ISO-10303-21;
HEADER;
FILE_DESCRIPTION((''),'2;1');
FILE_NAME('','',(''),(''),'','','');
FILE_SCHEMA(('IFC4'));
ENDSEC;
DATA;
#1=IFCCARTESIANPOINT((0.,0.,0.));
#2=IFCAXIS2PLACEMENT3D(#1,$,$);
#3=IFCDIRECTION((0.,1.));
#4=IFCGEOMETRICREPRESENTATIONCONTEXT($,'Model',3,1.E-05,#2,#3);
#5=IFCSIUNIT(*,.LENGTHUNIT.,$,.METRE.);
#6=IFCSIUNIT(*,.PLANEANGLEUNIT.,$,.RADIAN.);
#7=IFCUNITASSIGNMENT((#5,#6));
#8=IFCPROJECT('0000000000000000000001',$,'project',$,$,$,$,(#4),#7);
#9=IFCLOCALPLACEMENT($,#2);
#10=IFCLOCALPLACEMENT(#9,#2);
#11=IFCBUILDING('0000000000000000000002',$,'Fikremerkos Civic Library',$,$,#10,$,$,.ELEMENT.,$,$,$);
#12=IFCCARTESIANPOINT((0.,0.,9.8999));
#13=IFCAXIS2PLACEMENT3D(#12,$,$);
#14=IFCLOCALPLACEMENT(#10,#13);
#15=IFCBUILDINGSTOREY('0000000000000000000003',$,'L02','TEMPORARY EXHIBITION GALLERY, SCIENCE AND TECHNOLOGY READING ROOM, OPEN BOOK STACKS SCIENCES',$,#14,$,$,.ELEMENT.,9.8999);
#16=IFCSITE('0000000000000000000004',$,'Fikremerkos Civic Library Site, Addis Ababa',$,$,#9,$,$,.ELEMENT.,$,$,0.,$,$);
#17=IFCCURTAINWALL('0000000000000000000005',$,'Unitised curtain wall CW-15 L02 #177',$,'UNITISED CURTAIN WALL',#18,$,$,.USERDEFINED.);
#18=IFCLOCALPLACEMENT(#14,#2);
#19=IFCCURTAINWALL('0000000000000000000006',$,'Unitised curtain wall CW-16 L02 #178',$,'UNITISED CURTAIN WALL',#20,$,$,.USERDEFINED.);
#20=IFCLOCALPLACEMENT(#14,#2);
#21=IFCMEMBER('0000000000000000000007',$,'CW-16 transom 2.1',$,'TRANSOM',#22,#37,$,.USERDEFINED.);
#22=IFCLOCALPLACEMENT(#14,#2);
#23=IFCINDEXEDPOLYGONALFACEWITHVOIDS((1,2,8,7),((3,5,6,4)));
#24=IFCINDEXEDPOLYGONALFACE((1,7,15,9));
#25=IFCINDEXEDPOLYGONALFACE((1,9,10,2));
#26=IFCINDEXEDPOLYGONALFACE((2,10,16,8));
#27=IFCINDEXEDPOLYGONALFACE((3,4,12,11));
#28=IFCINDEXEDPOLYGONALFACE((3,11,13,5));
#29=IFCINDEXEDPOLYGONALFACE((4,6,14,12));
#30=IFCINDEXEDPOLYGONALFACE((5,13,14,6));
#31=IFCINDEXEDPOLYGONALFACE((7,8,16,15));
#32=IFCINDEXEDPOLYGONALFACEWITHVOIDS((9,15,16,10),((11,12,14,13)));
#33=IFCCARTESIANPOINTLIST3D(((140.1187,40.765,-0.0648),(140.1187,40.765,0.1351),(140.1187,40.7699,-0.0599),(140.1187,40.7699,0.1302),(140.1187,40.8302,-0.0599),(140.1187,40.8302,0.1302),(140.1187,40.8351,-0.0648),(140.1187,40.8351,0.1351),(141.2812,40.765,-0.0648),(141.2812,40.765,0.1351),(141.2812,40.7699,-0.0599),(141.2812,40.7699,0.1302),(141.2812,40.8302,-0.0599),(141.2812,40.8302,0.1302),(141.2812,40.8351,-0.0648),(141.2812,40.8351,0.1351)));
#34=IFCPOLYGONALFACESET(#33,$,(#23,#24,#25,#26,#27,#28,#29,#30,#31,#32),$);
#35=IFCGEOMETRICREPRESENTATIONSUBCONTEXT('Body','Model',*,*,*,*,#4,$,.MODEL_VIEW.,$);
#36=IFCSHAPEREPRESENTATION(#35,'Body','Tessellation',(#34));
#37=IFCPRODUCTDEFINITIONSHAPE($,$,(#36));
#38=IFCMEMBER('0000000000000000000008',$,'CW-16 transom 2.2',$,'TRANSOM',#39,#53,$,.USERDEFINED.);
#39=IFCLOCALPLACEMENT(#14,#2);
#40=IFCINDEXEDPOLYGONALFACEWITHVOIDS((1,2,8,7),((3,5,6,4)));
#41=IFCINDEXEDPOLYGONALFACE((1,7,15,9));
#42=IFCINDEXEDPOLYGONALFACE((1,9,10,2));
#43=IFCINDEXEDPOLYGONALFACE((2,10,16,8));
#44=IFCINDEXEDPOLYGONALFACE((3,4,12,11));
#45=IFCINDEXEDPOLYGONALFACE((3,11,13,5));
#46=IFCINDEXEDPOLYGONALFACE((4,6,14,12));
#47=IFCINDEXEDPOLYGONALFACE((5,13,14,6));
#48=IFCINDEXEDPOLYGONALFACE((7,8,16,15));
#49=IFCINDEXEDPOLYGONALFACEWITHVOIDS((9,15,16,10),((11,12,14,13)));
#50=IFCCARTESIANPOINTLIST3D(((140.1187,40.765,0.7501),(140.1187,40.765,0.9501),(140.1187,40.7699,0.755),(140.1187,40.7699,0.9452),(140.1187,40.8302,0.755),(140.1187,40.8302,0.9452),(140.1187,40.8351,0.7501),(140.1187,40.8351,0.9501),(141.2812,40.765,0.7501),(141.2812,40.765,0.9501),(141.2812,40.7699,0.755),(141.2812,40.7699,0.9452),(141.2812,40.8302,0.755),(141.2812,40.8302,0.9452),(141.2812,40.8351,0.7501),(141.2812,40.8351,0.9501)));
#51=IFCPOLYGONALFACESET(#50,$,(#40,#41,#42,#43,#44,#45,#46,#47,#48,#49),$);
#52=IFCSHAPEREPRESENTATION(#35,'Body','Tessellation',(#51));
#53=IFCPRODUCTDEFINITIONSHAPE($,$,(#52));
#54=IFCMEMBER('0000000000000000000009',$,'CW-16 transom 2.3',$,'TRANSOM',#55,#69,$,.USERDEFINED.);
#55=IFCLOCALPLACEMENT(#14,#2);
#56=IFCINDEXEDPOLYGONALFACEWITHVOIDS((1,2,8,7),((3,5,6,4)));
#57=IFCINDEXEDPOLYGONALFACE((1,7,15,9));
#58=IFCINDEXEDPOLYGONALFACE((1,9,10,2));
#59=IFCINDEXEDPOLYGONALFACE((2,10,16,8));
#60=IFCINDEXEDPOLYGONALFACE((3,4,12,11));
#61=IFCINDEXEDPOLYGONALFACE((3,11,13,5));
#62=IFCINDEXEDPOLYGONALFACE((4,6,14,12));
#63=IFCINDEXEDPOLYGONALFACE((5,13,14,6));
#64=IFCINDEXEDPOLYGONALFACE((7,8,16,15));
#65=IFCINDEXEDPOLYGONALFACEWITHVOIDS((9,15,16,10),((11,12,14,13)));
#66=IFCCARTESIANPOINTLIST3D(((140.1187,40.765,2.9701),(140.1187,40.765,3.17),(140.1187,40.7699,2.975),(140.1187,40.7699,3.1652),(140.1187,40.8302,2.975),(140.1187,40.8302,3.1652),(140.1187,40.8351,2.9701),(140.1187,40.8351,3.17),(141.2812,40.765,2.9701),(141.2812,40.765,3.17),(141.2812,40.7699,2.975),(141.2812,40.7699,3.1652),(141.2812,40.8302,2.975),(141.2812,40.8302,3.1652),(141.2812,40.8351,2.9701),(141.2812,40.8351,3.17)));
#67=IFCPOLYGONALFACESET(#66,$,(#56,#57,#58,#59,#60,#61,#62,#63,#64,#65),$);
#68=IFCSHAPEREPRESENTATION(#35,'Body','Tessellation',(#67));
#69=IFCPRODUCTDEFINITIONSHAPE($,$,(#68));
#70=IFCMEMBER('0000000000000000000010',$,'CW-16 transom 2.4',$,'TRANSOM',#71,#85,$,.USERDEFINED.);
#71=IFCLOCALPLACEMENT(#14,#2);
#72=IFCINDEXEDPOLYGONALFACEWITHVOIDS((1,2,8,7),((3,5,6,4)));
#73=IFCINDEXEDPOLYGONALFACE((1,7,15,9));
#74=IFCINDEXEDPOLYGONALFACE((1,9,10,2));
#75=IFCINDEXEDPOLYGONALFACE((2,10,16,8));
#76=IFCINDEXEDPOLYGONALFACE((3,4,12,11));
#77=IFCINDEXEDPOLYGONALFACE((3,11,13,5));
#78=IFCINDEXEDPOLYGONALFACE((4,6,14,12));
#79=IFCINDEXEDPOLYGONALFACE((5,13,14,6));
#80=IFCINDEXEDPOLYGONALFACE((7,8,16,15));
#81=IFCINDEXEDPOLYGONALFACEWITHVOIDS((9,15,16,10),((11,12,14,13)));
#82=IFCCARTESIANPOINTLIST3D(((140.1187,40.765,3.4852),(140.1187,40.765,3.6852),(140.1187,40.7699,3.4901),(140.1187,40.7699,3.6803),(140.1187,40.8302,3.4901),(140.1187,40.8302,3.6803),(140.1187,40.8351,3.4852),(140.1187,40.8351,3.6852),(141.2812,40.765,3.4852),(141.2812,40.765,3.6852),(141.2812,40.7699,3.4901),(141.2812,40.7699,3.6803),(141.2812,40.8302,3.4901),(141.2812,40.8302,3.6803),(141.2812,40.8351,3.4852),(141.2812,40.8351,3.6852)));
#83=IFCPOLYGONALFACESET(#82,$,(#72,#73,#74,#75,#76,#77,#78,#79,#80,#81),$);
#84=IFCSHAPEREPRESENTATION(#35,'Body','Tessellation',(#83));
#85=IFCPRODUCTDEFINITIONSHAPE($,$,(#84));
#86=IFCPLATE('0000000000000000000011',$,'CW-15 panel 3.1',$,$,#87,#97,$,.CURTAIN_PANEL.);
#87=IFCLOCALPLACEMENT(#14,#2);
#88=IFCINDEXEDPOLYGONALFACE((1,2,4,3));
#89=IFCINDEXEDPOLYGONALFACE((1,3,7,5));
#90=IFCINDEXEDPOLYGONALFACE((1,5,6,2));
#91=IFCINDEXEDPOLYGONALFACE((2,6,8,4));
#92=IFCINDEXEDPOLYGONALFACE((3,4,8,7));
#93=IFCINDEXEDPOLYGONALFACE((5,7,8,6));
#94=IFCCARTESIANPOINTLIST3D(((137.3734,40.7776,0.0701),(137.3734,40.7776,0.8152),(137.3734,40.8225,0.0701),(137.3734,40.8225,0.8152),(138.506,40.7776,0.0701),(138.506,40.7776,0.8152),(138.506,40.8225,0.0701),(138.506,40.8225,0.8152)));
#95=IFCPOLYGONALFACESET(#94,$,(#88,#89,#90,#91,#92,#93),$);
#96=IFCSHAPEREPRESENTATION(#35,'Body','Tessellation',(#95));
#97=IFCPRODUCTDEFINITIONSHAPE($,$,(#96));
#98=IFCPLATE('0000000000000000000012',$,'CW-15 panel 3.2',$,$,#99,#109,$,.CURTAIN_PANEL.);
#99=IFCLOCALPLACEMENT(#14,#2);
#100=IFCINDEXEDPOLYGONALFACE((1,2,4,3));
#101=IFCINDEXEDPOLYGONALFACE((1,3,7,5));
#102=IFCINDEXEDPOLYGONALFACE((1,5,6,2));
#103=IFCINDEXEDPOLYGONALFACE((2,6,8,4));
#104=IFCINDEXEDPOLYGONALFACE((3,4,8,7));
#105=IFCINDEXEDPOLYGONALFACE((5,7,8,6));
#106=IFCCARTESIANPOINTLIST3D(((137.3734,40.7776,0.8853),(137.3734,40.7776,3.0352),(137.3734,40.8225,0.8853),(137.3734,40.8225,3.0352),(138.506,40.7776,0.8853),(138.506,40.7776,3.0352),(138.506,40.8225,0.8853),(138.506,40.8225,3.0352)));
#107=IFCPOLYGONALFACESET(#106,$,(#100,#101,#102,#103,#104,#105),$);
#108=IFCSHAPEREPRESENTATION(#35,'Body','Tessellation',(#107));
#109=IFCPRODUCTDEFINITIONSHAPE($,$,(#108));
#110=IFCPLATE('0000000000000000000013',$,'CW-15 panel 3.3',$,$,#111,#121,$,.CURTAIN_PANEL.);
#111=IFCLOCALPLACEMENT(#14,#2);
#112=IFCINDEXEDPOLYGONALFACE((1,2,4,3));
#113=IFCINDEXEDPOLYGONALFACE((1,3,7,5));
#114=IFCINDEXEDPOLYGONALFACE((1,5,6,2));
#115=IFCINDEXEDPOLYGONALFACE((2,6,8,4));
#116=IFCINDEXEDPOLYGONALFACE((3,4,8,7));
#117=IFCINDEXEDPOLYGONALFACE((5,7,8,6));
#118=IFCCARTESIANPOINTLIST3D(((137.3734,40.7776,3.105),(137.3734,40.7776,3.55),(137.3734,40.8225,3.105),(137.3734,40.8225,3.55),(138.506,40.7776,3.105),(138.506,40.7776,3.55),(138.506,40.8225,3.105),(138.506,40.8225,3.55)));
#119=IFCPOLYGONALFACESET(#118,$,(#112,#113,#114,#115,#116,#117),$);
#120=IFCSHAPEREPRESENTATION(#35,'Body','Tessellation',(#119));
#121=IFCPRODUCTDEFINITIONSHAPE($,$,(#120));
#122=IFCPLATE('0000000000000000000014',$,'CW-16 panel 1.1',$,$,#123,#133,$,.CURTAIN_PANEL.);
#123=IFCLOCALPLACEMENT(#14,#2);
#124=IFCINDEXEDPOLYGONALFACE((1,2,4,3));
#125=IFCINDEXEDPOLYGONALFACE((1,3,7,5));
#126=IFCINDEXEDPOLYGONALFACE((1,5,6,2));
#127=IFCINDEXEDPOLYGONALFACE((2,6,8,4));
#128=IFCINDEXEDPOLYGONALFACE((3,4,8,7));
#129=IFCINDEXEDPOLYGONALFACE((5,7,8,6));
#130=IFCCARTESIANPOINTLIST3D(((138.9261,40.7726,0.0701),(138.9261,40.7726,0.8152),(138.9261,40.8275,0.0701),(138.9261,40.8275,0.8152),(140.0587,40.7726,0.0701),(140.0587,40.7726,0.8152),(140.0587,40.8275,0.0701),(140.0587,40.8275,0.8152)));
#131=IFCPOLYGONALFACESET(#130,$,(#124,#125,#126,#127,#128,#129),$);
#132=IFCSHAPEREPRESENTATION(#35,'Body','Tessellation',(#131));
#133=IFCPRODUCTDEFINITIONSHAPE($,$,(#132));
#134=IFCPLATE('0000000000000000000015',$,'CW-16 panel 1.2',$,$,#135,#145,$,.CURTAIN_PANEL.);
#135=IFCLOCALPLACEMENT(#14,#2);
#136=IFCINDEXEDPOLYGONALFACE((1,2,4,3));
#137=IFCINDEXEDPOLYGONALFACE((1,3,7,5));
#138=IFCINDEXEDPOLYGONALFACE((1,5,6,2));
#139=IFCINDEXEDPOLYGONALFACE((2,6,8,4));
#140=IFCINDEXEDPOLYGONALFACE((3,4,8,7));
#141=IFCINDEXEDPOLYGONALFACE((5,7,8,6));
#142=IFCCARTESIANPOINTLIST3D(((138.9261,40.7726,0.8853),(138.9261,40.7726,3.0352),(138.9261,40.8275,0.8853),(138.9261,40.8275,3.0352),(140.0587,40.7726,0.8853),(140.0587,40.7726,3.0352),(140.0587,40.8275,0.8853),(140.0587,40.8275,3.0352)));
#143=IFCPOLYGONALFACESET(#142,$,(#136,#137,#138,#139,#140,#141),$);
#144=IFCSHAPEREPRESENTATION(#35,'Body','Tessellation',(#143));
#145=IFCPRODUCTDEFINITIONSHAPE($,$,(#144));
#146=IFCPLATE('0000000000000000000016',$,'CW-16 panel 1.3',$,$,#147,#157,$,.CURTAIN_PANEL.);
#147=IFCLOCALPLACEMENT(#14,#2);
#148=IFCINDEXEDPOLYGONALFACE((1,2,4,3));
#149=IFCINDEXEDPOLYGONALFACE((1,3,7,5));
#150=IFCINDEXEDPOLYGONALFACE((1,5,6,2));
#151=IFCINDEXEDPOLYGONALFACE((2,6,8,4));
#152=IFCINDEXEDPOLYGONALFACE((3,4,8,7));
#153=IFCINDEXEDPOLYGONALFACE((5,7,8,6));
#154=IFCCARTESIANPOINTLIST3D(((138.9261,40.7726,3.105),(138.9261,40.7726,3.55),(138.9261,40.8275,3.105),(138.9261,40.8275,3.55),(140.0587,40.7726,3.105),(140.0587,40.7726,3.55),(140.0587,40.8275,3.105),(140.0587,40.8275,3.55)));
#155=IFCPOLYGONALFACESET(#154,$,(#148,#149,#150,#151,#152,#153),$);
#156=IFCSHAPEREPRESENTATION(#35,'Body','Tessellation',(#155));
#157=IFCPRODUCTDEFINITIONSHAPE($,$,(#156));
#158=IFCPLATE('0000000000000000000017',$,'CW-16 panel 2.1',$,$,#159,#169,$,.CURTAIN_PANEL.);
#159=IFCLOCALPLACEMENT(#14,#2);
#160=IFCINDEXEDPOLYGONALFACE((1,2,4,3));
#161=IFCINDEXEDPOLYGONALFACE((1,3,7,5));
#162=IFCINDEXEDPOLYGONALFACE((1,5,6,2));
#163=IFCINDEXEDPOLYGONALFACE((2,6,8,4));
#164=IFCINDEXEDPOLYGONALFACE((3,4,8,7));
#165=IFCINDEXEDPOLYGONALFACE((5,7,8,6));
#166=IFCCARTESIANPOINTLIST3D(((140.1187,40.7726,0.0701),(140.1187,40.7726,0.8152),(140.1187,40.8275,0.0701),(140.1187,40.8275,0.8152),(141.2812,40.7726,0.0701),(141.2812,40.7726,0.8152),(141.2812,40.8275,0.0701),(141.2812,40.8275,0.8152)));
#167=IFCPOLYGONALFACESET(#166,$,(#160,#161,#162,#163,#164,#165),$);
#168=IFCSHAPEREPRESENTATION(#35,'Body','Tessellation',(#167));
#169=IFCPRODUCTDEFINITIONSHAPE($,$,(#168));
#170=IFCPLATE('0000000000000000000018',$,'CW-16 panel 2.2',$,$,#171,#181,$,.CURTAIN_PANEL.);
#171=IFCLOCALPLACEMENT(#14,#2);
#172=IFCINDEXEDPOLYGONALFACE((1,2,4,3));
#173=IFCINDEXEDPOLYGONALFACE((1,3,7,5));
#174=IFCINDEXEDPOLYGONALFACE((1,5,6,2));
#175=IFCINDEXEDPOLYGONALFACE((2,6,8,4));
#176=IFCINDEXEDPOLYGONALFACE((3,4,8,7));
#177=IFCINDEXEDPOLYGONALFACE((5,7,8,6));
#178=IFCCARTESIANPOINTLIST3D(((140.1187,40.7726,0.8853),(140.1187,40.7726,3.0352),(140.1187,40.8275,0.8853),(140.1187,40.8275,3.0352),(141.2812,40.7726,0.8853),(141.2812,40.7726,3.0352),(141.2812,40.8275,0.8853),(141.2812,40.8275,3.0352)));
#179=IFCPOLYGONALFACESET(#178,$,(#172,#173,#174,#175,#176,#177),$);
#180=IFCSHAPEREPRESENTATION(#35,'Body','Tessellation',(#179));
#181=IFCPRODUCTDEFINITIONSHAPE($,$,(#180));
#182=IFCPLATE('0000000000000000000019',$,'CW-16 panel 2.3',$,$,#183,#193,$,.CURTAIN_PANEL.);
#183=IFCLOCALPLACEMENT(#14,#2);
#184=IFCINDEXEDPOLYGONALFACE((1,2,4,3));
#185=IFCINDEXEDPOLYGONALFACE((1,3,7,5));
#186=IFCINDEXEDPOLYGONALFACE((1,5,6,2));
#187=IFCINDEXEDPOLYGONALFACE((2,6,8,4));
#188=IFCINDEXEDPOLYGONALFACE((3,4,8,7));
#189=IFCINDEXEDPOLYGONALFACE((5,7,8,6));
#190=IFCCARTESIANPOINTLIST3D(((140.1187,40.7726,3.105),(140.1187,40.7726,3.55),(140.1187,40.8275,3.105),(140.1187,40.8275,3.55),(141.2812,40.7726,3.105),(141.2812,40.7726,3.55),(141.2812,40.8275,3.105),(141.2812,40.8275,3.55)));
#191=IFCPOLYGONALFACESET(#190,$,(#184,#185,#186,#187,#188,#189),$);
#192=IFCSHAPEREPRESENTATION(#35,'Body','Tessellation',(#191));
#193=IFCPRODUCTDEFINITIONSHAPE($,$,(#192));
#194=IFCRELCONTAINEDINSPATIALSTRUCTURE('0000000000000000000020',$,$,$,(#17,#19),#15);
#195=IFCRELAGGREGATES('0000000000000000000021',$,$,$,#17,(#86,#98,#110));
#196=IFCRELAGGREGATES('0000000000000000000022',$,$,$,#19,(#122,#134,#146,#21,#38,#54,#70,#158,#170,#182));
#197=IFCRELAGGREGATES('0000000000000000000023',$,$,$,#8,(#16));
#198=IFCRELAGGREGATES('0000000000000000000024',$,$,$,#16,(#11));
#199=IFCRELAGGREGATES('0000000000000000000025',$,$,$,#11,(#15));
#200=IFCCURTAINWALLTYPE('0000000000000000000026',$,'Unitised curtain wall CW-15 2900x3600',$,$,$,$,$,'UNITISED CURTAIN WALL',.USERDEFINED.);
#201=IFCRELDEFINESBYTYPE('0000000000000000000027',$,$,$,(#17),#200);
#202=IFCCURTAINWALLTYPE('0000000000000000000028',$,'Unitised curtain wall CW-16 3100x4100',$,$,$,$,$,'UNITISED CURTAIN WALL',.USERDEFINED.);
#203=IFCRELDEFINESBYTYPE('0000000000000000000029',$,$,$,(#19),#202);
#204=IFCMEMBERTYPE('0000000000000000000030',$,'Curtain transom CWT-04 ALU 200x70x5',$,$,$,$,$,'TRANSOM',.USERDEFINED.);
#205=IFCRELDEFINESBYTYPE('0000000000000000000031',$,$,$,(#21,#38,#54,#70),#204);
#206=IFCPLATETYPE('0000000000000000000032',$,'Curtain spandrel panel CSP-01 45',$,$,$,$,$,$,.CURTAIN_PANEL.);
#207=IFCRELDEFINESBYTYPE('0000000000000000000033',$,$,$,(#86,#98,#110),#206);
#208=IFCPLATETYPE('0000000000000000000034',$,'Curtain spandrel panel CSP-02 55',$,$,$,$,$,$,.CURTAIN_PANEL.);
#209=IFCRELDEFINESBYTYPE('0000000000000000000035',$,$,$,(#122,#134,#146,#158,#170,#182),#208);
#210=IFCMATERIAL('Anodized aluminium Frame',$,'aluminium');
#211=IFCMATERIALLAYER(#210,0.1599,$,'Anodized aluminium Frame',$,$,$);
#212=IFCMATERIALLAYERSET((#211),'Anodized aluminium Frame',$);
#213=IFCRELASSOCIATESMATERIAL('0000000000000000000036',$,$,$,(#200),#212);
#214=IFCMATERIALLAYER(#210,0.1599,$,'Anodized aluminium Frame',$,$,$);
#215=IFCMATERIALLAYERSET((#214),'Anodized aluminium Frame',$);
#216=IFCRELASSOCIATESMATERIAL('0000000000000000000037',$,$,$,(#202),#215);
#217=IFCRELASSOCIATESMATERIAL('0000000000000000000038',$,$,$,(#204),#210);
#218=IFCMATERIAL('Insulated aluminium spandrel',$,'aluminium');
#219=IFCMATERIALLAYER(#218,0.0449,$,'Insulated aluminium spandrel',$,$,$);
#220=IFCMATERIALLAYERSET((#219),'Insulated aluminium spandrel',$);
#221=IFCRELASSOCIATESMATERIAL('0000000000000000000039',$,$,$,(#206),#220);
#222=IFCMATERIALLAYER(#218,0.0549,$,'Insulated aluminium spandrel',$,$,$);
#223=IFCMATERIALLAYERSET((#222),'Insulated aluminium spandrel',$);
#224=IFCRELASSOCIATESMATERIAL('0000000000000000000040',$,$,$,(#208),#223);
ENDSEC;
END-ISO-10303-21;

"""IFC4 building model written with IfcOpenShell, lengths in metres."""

from ifc_helpers import new_model, si_unit, direction, frame, origin, origin_2d, place, context, subcontext, project, spatial, rectangle, hollow_rectangle, extrude, material, layer, layer_set, material_profile, profile_set, type_object, element, aggregate, save


model = new_model("IFC4")

# Units and contexts
model_context = context("Model", 3, precision=1e-05, world=origin(), true_north=direction((0.0, 1.0)))
body_context = subcontext(model_context, "Body", "Model", "MODEL_VIEW")
ifc_project = project(units=[si_unit("LENGTHUNIT", "METRE"), si_unit("PLANEANGLEUNIT", "RADIAN")], contexts=[model_context])

# Site, building, storey
site_placement = place(None, origin())
site = spatial("IfcSite", under=ifc_project, at=site_placement, Name="Fikremerkos Civic Library Site, Addis Ababa", CompositionType="ELEMENT", RefElevation=0.0)
building_placement = place(site_placement, origin())
building = spatial("IfcBuilding", under=site, at=building_placement, Name="Fikremerkos Civic Library", CompositionType="ELEMENT")
storey_placement = place(building_placement, frame((0.0, 0.0, 9.8999)))
storey = spatial("IfcBuildingStorey", under=building, at=storey_placement, Name="L02", Description="TEMPORARY EXHIBITION GALLERY, SCIENCE AND TECHNOLOGY READING ROOM, OPEN BOOK STACKS SCIENCES", CompositionType="ELEMENT", Elevation=9.8999)

# Curtain wall
ifc_material_1 = material(Name="Anodized aluminium Frame", Category="aluminium")
ifc_layer_1 = layer(ifc_material_1, 0.1599, Name="Anodized aluminium Frame")
ifc_layer_set_1 = layer_set([ifc_layer_1], Name="Anodized aluminium Frame")
curtain_wall_type_1 = type_object("IfcCurtainWallType", Name="Unitised curtain wall CW-15 2900x3600", ElementType="UNITISED CURTAIN WALL", PredefinedType="USERDEFINED", material=ifc_layer_set_1)
curtain_wall_1_placement = place(storey_placement, origin())
curtain_wall_1 = element("IfcCurtainWall", 1, at=curtain_wall_1_placement, inside=storey, type_object=curtain_wall_type_1, Name="Unitised curtain wall CW-15 L02 #177", ObjectType="UNITISED CURTAIN WALL", PredefinedType="USERDEFINED")

# Curtain wall
ifc_layer_2 = layer(ifc_material_1, 0.1599, Name="Anodized aluminium Frame")
ifc_layer_set_2 = layer_set([ifc_layer_2], Name="Anodized aluminium Frame")
curtain_wall_type_2 = type_object("IfcCurtainWallType", Name="Unitised curtain wall CW-16 3100x4100", ElementType="UNITISED CURTAIN WALL", PredefinedType="USERDEFINED", material=ifc_layer_set_2)
curtain_wall_2_placement = place(storey_placement, origin())
curtain_wall_2 = element("IfcCurtainWall", 2, at=curtain_wall_2_placement, inside=storey, type_object=curtain_wall_type_2, Name="Unitised curtain wall CW-16 L02 #178", ObjectType="UNITISED CURTAIN WALL", PredefinedType="USERDEFINED")

# Members
ifc_material_profile_1 = material_profile(ifc_material_1, hollow_rectangle(XDim=0.0701, YDim=0.2, WallThickness=0.0049, at=origin_2d()), Name="ALU 200x70x5")
ifc_profile_set_1 = profile_set([ifc_material_profile_1], Name="Anodized aluminium Frame")
member_type_1 = type_object("IfcMemberType", Name="Curtain transom CWT-04 ALU 200x70x5", ElementType="TRANSOM", PredefinedType="USERDEFINED", material=ifc_profile_set_1)
member_1_placement = place(storey_placement, frame((140.1187, 40.8, 0.0352), z_axis=(1.0, 0.0, 0.0), x_axis=(0.0, 1.0, 0.0)))
member_1 = element("IfcMember", 3, at=member_1_placement, type_object=member_type_1, Name="CW-16 transom 2.1", ObjectType="TRANSOM", PredefinedType="USERDEFINED", context=body_context, shape_type="SweptSolid", body=[
    extrude(hollow_rectangle(XDim=0.0701, YDim=0.2, WallThickness=0.0049, at=origin_2d()), origin(), (0.0, 0.0, 1.0), 1.1626),
])
member_2_placement = place(storey_placement, frame((140.1187, 40.8, 0.8501), z_axis=(1.0, 0.0, 0.0), x_axis=(0.0, 1.0, 0.0)))
member_2 = element("IfcMember", 4, at=member_2_placement, type_object=member_type_1, Name="CW-16 transom 2.2", ObjectType="TRANSOM", PredefinedType="USERDEFINED", context=body_context, shape_type="SweptSolid", body=[
    extrude(hollow_rectangle(XDim=0.0701, YDim=0.2, WallThickness=0.0049, at=origin_2d()), origin(), (0.0, 0.0, 1.0), 1.1626),
])
member_3_placement = place(storey_placement, frame((140.1187, 40.8, 3.0701), z_axis=(1.0, 0.0, 0.0), x_axis=(0.0, 1.0, 0.0)))
member_3 = element("IfcMember", 5, at=member_3_placement, type_object=member_type_1, Name="CW-16 transom 2.3", ObjectType="TRANSOM", PredefinedType="USERDEFINED", context=body_context, shape_type="SweptSolid", body=[
    extrude(hollow_rectangle(XDim=0.0701, YDim=0.2, WallThickness=0.0049, at=origin_2d()), origin(), (0.0, 0.0, 1.0), 1.1626),
])
member_4_placement = place(storey_placement, frame((140.1187, 40.8, 3.5852), z_axis=(1.0, 0.0, 0.0), x_axis=(0.0, 1.0, 0.0)))
member_4 = element("IfcMember", 6, at=member_4_placement, type_object=member_type_1, Name="CW-16 transom 2.4", ObjectType="TRANSOM", PredefinedType="USERDEFINED", context=body_context, shape_type="SweptSolid", body=[
    extrude(hollow_rectangle(XDim=0.0701, YDim=0.2, WallThickness=0.0049, at=origin_2d()), origin(), (0.0, 0.0, 1.0), 1.1626),
])

# Plates
ifc_material_2 = material(Name="Insulated aluminium spandrel", Category="aluminium")
ifc_layer_3 = layer(ifc_material_2, 0.0449, Name="Insulated aluminium spandrel")
ifc_layer_set_3 = layer_set([ifc_layer_3], Name="Insulated aluminium spandrel")
plate_type_1 = type_object("IfcPlateType", Name="Curtain spandrel panel CSP-01 45", PredefinedType="CURTAIN_PANEL", material=ifc_layer_set_3)
plate_1_placement = place(storey_placement, frame((137.9397, 40.8, 0.0701), z_axis=(0.0, 0.0, 1.0), x_axis=(1.0, 0.0, 0.0)))
plate_1 = element("IfcPlate", 7, at=plate_1_placement, type_object=plate_type_1, Name="CW-15 panel 3.1", PredefinedType="CURTAIN_PANEL", context=body_context, shape_type="SweptSolid", body=[
    extrude(rectangle(XDim=1.1326, YDim=0.0449, at=origin_2d()), origin(), (0.0, 0.0, 1.0), 0.7451),
])
plate_2_placement = place(storey_placement, frame((137.9397, 40.8, 0.8853), z_axis=(0.0, 0.0, 1.0), x_axis=(1.0, 0.0, 0.0)))
plate_2 = element("IfcPlate", 8, at=plate_2_placement, type_object=plate_type_1, Name="CW-15 panel 3.2", PredefinedType="CURTAIN_PANEL", context=body_context, shape_type="SweptSolid", body=[
    extrude(rectangle(XDim=1.1326, YDim=0.0449, at=origin_2d()), origin(), (0.0, 0.0, 1.0), 2.1499),
])
plate_3_placement = place(storey_placement, frame((137.9397, 40.8, 3.105), z_axis=(0.0, 0.0, 1.0), x_axis=(1.0, 0.0, 0.0)))
plate_3 = element("IfcPlate", 9, at=plate_3_placement, type_object=plate_type_1, Name="CW-15 panel 3.3", PredefinedType="CURTAIN_PANEL", context=body_context, shape_type="SweptSolid", body=[
    extrude(rectangle(XDim=1.1326, YDim=0.0449, at=origin_2d()), origin(), (0.0, 0.0, 1.0), 0.4451),
])
aggregate(curtain_wall_1, [plate_1, plate_2, plate_3])
ifc_layer_4 = layer(ifc_material_2, 0.0549, Name="Insulated aluminium spandrel")
ifc_layer_set_4 = layer_set([ifc_layer_4], Name="Insulated aluminium spandrel")
plate_type_2 = type_object("IfcPlateType", Name="Curtain spandrel panel CSP-02 55", PredefinedType="CURTAIN_PANEL", material=ifc_layer_set_4)
plate_4_placement = place(storey_placement, frame((139.4924, 40.8, 0.0701), z_axis=(0.0, 0.0, 1.0), x_axis=(1.0, 0.0, 0.0)))
plate_4 = element("IfcPlate", 10, at=plate_4_placement, type_object=plate_type_2, Name="CW-16 panel 1.1", PredefinedType="CURTAIN_PANEL", context=body_context, shape_type="SweptSolid", body=[
    extrude(rectangle(XDim=1.1326, YDim=0.0549, at=origin_2d()), origin(), (0.0, 0.0, 1.0), 0.7451),
])
plate_5_placement = place(storey_placement, frame((139.4924, 40.8, 0.8853), z_axis=(0.0, 0.0, 1.0), x_axis=(1.0, 0.0, 0.0)))
plate_5 = element("IfcPlate", 11, at=plate_5_placement, type_object=plate_type_2, Name="CW-16 panel 1.2", PredefinedType="CURTAIN_PANEL", context=body_context, shape_type="SweptSolid", body=[
    extrude(rectangle(XDim=1.1326, YDim=0.0549, at=origin_2d()), origin(), (0.0, 0.0, 1.0), 2.1499),
])
plate_6_placement = place(storey_placement, frame((139.4924, 40.8, 3.105), z_axis=(0.0, 0.0, 1.0), x_axis=(1.0, 0.0, 0.0)))
plate_6 = element("IfcPlate", 12, at=plate_6_placement, type_object=plate_type_2, Name="CW-16 panel 1.3", PredefinedType="CURTAIN_PANEL", context=body_context, shape_type="SweptSolid", body=[
    extrude(rectangle(XDim=1.1326, YDim=0.0549, at=origin_2d()), origin(), (0.0, 0.0, 1.0), 0.4451),
])
plate_7_placement = place(storey_placement, frame((140.7, 40.8, 0.0701), z_axis=(0.0, 0.0, 1.0), x_axis=(1.0, 0.0, 0.0)))
plate_7 = element("IfcPlate", 13, at=plate_7_placement, type_object=plate_type_2, Name="CW-16 panel 2.1", PredefinedType="CURTAIN_PANEL", context=body_context, shape_type="SweptSolid", body=[
    extrude(rectangle(XDim=1.1626, YDim=0.0549, at=origin_2d()), origin(), (0.0, 0.0, 1.0), 0.7451),
])
plate_8_placement = place(storey_placement, frame((140.7, 40.8, 0.8853), z_axis=(0.0, 0.0, 1.0), x_axis=(1.0, 0.0, 0.0)))
plate_8 = element("IfcPlate", 14, at=plate_8_placement, type_object=plate_type_2, Name="CW-16 panel 2.2", PredefinedType="CURTAIN_PANEL", context=body_context, shape_type="SweptSolid", body=[
    extrude(rectangle(XDim=1.1626, YDim=0.0549, at=origin_2d()), origin(), (0.0, 0.0, 1.0), 2.1499),
])
plate_9_placement = place(storey_placement, frame((140.7, 40.8, 3.105), z_axis=(0.0, 0.0, 1.0), x_axis=(1.0, 0.0, 0.0)))
plate_9 = element("IfcPlate", 15, at=plate_9_placement, type_object=plate_type_2, Name="CW-16 panel 2.3", PredefinedType="CURTAIN_PANEL", context=body_context, shape_type="SweptSolid", body=[
    extrude(rectangle(XDim=1.1626, YDim=0.0549, at=origin_2d()), origin(), (0.0, 0.0, 1.0), 0.4451),
])
aggregate(curtain_wall_2, [plate_4, plate_5, plate_6, member_1, member_2, member_3, member_4, plate_7, plate_8, plate_9])

save(model, "model.ifc")
